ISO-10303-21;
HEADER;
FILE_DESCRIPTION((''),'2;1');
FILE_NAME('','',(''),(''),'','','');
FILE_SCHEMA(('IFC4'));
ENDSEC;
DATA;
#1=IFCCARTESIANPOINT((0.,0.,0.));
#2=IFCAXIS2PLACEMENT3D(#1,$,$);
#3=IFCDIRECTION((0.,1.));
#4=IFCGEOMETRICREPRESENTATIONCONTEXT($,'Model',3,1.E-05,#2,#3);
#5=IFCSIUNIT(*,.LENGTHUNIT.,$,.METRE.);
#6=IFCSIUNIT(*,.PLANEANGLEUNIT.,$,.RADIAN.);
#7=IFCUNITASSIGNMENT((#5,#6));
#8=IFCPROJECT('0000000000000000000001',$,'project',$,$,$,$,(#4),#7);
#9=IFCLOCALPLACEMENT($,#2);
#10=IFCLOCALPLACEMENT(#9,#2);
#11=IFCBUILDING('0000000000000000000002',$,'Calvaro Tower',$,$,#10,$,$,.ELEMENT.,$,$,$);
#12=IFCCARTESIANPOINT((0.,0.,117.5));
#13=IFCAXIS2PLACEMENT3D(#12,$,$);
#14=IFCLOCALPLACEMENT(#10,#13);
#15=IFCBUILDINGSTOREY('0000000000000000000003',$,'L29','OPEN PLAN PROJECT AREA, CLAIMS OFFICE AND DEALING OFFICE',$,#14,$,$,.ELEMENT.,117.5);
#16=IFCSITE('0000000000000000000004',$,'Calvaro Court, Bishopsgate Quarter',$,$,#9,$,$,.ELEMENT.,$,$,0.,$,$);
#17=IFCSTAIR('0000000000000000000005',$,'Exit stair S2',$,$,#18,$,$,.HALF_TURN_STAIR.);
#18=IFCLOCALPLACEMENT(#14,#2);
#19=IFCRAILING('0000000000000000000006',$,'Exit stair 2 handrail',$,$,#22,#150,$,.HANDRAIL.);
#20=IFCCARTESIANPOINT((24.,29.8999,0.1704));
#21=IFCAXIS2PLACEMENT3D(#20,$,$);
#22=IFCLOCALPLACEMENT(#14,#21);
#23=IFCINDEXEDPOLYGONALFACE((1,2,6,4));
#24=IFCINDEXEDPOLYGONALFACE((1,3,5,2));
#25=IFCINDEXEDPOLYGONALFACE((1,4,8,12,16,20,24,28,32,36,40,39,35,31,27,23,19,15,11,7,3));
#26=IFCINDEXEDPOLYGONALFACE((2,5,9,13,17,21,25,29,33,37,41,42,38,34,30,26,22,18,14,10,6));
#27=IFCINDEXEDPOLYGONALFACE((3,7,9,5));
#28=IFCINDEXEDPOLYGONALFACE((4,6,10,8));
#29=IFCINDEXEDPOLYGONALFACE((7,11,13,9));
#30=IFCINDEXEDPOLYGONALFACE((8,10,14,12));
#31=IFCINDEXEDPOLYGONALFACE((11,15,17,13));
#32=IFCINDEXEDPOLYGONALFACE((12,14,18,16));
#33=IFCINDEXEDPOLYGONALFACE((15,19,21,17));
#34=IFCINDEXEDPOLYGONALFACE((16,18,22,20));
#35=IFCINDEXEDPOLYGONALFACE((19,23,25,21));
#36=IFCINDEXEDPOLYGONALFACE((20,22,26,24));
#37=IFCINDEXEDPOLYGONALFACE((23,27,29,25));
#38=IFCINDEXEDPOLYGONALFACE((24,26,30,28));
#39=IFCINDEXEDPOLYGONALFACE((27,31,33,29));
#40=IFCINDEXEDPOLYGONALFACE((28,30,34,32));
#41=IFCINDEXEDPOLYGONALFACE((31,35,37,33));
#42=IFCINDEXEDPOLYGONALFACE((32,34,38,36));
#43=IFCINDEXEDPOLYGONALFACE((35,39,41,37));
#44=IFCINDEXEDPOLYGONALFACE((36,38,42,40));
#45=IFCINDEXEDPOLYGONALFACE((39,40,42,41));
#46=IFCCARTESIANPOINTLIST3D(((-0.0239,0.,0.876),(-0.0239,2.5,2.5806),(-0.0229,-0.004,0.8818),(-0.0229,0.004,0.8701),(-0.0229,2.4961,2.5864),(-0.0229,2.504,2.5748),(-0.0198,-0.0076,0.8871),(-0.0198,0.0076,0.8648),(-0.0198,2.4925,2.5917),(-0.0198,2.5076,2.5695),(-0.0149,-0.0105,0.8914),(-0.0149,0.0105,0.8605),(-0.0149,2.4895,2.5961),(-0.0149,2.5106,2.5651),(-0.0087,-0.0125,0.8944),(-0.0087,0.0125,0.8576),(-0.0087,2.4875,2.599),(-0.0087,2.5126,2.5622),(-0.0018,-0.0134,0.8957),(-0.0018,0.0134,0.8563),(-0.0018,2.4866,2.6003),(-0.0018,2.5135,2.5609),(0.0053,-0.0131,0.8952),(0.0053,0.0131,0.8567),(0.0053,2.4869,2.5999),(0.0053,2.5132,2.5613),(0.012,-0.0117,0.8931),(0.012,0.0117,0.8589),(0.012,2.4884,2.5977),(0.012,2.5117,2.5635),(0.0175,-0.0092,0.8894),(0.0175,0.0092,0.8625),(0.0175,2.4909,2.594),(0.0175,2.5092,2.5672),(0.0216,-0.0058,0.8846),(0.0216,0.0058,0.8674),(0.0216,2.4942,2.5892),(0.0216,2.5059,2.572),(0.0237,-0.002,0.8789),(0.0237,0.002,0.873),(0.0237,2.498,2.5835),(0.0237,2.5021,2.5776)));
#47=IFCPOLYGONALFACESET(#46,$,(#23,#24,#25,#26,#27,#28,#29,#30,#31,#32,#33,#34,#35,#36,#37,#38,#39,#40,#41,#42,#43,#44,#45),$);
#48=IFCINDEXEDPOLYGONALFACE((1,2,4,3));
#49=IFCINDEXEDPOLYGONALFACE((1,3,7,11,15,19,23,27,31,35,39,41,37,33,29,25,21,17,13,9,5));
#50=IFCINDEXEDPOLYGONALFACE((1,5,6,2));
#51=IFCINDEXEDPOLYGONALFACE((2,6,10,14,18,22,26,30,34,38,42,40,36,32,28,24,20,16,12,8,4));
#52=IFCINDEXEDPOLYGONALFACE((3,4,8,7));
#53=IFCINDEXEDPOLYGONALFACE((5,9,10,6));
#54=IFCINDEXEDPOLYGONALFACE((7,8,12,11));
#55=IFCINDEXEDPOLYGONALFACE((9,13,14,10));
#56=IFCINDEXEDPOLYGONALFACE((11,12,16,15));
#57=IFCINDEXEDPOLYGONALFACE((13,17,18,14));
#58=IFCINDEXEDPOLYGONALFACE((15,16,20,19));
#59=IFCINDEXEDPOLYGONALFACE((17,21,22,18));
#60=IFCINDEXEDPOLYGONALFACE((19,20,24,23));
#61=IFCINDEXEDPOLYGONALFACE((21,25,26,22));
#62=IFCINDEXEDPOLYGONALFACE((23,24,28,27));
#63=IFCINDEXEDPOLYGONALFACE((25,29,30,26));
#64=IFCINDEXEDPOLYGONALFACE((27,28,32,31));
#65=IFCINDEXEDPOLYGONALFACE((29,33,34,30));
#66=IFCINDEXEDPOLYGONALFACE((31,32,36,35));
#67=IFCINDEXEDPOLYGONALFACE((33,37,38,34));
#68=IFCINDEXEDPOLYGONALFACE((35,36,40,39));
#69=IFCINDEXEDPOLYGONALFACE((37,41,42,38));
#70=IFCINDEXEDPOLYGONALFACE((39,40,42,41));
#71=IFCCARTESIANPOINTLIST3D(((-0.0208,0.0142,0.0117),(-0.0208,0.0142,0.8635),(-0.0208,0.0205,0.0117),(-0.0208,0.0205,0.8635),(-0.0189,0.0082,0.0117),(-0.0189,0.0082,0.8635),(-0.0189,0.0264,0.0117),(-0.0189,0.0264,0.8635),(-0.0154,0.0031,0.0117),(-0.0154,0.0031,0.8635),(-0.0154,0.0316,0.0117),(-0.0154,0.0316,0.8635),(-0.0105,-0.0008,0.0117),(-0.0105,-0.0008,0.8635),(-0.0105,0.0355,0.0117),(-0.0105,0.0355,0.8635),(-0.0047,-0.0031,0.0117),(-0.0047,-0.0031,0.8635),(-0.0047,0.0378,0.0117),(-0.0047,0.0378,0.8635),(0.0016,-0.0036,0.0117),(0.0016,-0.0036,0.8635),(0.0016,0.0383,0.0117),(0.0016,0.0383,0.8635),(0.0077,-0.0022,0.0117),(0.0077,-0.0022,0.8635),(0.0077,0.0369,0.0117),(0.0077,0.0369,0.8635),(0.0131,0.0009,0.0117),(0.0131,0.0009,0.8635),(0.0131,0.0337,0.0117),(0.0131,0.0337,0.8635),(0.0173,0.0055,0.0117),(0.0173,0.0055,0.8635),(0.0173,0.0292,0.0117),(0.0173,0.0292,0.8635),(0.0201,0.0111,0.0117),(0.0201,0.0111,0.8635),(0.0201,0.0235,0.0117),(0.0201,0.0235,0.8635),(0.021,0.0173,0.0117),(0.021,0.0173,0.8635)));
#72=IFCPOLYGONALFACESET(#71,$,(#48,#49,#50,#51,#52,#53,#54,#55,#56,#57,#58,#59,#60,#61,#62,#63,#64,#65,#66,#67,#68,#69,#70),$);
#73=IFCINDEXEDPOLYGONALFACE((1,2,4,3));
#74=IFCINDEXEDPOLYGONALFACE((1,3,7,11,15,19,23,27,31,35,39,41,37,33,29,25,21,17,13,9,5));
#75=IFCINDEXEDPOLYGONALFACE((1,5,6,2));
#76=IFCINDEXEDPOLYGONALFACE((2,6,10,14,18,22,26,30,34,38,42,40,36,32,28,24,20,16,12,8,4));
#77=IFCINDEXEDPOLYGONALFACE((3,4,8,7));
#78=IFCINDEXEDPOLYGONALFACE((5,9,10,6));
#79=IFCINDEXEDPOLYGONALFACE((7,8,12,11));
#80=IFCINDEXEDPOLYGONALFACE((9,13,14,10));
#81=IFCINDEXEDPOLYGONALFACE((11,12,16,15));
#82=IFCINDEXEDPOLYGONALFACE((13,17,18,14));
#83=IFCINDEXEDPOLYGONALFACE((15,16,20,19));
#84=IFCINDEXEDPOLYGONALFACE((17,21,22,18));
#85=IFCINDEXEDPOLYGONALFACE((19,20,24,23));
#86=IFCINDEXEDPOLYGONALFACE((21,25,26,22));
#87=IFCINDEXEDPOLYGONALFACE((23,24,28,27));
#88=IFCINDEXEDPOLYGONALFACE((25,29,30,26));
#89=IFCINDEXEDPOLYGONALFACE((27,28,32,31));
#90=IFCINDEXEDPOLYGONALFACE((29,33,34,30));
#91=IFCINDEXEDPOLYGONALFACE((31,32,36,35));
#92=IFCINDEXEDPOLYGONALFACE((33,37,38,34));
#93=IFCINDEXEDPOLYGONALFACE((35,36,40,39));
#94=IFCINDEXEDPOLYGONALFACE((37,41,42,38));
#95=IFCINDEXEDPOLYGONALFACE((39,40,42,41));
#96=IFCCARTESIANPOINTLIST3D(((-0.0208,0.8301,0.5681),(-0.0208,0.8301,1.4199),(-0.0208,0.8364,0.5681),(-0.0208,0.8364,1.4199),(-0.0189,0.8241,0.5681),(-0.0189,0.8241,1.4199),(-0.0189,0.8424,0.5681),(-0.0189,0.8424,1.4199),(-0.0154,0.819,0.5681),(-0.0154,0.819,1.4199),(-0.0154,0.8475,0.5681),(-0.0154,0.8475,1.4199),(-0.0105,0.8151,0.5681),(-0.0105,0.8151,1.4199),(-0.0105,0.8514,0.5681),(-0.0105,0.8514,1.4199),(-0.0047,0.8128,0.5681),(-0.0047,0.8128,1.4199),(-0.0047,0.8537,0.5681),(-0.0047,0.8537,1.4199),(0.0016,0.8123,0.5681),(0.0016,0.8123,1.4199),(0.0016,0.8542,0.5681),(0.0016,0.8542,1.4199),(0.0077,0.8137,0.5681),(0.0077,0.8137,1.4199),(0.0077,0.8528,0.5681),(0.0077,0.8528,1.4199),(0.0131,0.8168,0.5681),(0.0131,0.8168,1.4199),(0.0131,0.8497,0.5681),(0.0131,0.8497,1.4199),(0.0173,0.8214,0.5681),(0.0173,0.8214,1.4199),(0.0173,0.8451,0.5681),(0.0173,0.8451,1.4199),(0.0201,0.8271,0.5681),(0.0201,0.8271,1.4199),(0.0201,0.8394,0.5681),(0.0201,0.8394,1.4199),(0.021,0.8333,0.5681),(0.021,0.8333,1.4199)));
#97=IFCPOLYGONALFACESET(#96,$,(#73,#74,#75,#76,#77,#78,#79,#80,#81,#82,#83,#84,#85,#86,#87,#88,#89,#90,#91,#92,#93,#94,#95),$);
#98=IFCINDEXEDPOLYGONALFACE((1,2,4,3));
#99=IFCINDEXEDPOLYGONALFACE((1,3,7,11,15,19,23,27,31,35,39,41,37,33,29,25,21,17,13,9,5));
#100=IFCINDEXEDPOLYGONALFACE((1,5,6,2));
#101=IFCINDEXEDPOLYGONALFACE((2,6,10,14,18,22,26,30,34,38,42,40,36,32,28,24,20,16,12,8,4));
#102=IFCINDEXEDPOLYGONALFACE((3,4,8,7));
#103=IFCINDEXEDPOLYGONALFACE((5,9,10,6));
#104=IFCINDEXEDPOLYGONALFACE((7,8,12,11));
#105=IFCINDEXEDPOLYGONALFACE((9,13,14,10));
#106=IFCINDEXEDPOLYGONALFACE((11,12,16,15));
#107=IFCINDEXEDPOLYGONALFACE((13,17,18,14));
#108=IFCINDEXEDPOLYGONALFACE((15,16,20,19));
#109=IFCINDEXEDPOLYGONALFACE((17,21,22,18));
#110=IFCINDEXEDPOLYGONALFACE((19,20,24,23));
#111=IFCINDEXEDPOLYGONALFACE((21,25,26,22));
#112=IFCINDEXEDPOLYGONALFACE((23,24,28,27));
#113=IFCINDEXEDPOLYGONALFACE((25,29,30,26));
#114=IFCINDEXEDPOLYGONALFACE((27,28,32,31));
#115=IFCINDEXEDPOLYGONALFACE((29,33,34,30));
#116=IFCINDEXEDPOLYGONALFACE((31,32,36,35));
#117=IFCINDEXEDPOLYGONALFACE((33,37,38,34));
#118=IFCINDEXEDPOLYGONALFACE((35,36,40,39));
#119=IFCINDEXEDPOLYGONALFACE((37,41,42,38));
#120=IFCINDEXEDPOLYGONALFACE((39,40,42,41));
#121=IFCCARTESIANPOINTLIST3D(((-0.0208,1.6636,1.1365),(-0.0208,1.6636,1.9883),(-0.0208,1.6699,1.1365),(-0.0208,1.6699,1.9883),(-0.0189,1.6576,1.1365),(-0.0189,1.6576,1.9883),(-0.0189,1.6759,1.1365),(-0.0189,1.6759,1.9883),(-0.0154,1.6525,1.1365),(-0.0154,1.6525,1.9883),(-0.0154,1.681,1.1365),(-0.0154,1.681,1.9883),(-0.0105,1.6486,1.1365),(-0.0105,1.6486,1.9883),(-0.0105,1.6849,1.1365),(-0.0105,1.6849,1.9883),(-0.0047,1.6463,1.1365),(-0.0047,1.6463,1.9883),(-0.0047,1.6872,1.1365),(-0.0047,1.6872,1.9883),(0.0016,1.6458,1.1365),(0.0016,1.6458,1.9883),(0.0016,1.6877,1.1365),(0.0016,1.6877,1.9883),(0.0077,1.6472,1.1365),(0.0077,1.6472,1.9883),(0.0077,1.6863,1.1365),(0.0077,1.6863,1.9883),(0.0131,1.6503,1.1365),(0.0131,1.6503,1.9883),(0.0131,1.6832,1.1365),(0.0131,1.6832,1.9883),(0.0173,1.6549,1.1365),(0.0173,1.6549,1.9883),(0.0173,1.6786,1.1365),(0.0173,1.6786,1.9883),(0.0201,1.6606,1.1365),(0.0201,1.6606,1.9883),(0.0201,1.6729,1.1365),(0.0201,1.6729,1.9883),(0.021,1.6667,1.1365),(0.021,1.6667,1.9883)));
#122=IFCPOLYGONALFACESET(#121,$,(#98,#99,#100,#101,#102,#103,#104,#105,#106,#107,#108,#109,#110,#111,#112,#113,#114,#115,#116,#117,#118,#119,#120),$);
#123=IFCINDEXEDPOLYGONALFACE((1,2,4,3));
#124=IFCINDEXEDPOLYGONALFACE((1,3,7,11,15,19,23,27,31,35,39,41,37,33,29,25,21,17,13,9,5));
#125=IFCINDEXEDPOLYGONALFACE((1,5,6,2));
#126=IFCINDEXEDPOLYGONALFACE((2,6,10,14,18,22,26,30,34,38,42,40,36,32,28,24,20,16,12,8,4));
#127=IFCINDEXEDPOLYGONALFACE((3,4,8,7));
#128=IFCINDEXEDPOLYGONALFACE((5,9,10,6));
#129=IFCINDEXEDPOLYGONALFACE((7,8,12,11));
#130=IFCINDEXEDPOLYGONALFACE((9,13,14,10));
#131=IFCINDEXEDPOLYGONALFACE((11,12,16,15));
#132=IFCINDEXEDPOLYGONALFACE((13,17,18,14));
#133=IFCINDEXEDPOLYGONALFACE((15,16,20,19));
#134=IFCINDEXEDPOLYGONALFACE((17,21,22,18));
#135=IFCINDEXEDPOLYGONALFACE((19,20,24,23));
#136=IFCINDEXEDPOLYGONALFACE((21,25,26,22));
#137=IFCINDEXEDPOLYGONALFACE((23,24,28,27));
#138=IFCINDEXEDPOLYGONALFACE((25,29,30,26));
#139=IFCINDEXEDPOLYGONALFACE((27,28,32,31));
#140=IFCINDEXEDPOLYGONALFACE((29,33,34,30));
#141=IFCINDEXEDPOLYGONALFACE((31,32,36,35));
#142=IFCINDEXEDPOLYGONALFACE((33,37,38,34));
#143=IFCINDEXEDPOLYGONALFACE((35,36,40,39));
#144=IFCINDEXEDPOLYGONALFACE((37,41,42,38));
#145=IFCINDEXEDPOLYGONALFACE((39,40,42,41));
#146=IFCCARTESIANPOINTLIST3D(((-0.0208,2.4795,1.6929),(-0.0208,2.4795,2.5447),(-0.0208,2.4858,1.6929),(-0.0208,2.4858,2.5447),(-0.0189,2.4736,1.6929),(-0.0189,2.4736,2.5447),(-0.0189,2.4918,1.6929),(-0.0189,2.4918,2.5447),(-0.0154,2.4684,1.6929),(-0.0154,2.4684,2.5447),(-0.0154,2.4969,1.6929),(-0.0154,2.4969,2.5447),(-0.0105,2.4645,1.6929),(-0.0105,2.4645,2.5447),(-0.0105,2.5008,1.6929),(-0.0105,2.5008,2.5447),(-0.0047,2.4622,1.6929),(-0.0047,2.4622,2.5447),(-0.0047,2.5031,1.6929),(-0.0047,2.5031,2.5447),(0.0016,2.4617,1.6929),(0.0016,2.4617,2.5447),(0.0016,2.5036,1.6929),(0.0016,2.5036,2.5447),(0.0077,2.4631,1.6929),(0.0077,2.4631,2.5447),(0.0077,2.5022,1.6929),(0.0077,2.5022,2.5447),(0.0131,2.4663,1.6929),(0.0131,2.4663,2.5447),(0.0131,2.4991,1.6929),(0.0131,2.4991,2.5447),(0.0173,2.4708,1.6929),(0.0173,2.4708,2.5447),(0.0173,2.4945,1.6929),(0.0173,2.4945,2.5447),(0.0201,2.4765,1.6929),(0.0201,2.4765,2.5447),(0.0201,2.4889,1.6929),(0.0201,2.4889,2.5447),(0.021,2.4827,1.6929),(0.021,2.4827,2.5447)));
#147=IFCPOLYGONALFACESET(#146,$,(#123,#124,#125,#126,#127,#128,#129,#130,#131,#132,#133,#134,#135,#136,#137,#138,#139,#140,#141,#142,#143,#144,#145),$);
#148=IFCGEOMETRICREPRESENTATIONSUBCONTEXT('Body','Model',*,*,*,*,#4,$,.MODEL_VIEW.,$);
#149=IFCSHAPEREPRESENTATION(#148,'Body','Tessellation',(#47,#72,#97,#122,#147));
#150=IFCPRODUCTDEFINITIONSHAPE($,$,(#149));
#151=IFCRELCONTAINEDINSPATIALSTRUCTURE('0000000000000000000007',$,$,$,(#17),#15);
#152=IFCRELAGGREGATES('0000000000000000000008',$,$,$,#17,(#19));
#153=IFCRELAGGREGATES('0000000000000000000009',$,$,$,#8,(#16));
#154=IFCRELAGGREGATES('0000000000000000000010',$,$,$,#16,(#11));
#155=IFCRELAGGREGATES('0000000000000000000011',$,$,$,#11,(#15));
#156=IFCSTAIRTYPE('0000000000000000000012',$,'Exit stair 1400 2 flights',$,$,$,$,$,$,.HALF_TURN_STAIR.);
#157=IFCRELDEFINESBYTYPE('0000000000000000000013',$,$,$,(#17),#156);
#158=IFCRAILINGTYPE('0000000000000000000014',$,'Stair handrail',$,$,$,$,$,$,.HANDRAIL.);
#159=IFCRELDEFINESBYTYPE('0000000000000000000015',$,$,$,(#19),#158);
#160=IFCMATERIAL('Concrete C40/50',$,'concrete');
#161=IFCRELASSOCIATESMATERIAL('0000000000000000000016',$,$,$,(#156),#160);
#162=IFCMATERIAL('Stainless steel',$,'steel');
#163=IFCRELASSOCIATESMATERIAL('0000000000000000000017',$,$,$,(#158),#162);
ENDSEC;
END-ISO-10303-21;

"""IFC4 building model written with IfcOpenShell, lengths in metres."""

from ifc_helpers import new_model, si_unit, direction, frame, origin, origin_2d, place, context, subcontext, project, spatial, circle, extrude, material, type_object, element, aggregate, save


model = new_model("IFC4")

# Units and contexts
model_context = context("Model", 3, precision=1e-05, world=origin(), true_north=direction((0.0, 1.0)))
body_context = subcontext(model_context, "Body", "Model", "MODEL_VIEW")
ifc_project = project(units=[si_unit("LENGTHUNIT", "METRE"), si_unit("PLANEANGLEUNIT", "RADIAN")], contexts=[model_context])

# Site, building, storey
site_placement = place(None, origin())
site = spatial("IfcSite", under=ifc_project, at=site_placement, Name="Calvaro Court, Bishopsgate Quarter", CompositionType="ELEMENT", RefElevation=0.0)
building_placement = place(site_placement, origin())
building = spatial("IfcBuilding", under=site, at=building_placement, Name="Calvaro Tower", CompositionType="ELEMENT")
storey_placement = place(building_placement, frame((0.0, 0.0, 117.5)))
storey = spatial("IfcBuildingStorey", under=building, at=storey_placement, Name="L29", Description="OPEN PLAN PROJECT AREA, CLAIMS OFFICE AND DEALING OFFICE", CompositionType="ELEMENT", Elevation=117.5)

# Stair, railing
ifc_material_1 = material(Name="Concrete C40/50", Category="concrete")
stair_type = type_object("IfcStairType", Name="Exit stair 1400 2 flights", PredefinedType="HALF_TURN_STAIR", material=ifc_material_1)
stair_placement = place(storey_placement, origin())
stair = element("IfcStair", 1, at=stair_placement, inside=storey, type_object=stair_type, Name="Exit stair S2", PredefinedType="HALF_TURN_STAIR")
ifc_material_2 = material(Name="Stainless steel", Category="steel")
railing_type = type_object("IfcRailingType", Name="Stair handrail", PredefinedType="HANDRAIL", material=ifc_material_2)
railing_1_placement = place(storey_placement, frame((24.0, 29.8999, 0.1704)))
railing_1 = element("IfcRailing", 2, at=railing_1_placement, type_object=railing_type, Name="Exit stair 2 handrail", PredefinedType="HANDRAIL", context=body_context, shape_type="SweptSolid", body=[
    extrude(circle(Radius=0.0239, at=origin_2d()), frame((0.0, 0.0, 0.876), z_axis=(0.0, 0.826221, 0.563347), x_axis=(-1.0, 0.0, 0.0)), (0.0, 0.0, 1.0), 3.0259),
    extrude(circle(Radius=0.021, at=origin_2d()), frame((0.0, 0.0173, 0.0117)), (0.0, 0.0, 1.0), 0.8518),
    extrude(circle(Radius=0.021, at=origin_2d()), frame((0.0, 0.8333, 0.5681)), (0.0, 0.0, 1.0), 0.8518),
    extrude(circle(Radius=0.021, at=origin_2d()), frame((0.0, 1.6667, 1.1365)), (0.0, 0.0, 1.0), 0.8518),
    extrude(circle(Radius=0.021, at=origin_2d()), frame((0.0, 2.4827, 1.6929)), (0.0, 0.0, 1.0), 0.8518),
])
aggregate(stair, [railing_1])

save(model, "model.ifc")
